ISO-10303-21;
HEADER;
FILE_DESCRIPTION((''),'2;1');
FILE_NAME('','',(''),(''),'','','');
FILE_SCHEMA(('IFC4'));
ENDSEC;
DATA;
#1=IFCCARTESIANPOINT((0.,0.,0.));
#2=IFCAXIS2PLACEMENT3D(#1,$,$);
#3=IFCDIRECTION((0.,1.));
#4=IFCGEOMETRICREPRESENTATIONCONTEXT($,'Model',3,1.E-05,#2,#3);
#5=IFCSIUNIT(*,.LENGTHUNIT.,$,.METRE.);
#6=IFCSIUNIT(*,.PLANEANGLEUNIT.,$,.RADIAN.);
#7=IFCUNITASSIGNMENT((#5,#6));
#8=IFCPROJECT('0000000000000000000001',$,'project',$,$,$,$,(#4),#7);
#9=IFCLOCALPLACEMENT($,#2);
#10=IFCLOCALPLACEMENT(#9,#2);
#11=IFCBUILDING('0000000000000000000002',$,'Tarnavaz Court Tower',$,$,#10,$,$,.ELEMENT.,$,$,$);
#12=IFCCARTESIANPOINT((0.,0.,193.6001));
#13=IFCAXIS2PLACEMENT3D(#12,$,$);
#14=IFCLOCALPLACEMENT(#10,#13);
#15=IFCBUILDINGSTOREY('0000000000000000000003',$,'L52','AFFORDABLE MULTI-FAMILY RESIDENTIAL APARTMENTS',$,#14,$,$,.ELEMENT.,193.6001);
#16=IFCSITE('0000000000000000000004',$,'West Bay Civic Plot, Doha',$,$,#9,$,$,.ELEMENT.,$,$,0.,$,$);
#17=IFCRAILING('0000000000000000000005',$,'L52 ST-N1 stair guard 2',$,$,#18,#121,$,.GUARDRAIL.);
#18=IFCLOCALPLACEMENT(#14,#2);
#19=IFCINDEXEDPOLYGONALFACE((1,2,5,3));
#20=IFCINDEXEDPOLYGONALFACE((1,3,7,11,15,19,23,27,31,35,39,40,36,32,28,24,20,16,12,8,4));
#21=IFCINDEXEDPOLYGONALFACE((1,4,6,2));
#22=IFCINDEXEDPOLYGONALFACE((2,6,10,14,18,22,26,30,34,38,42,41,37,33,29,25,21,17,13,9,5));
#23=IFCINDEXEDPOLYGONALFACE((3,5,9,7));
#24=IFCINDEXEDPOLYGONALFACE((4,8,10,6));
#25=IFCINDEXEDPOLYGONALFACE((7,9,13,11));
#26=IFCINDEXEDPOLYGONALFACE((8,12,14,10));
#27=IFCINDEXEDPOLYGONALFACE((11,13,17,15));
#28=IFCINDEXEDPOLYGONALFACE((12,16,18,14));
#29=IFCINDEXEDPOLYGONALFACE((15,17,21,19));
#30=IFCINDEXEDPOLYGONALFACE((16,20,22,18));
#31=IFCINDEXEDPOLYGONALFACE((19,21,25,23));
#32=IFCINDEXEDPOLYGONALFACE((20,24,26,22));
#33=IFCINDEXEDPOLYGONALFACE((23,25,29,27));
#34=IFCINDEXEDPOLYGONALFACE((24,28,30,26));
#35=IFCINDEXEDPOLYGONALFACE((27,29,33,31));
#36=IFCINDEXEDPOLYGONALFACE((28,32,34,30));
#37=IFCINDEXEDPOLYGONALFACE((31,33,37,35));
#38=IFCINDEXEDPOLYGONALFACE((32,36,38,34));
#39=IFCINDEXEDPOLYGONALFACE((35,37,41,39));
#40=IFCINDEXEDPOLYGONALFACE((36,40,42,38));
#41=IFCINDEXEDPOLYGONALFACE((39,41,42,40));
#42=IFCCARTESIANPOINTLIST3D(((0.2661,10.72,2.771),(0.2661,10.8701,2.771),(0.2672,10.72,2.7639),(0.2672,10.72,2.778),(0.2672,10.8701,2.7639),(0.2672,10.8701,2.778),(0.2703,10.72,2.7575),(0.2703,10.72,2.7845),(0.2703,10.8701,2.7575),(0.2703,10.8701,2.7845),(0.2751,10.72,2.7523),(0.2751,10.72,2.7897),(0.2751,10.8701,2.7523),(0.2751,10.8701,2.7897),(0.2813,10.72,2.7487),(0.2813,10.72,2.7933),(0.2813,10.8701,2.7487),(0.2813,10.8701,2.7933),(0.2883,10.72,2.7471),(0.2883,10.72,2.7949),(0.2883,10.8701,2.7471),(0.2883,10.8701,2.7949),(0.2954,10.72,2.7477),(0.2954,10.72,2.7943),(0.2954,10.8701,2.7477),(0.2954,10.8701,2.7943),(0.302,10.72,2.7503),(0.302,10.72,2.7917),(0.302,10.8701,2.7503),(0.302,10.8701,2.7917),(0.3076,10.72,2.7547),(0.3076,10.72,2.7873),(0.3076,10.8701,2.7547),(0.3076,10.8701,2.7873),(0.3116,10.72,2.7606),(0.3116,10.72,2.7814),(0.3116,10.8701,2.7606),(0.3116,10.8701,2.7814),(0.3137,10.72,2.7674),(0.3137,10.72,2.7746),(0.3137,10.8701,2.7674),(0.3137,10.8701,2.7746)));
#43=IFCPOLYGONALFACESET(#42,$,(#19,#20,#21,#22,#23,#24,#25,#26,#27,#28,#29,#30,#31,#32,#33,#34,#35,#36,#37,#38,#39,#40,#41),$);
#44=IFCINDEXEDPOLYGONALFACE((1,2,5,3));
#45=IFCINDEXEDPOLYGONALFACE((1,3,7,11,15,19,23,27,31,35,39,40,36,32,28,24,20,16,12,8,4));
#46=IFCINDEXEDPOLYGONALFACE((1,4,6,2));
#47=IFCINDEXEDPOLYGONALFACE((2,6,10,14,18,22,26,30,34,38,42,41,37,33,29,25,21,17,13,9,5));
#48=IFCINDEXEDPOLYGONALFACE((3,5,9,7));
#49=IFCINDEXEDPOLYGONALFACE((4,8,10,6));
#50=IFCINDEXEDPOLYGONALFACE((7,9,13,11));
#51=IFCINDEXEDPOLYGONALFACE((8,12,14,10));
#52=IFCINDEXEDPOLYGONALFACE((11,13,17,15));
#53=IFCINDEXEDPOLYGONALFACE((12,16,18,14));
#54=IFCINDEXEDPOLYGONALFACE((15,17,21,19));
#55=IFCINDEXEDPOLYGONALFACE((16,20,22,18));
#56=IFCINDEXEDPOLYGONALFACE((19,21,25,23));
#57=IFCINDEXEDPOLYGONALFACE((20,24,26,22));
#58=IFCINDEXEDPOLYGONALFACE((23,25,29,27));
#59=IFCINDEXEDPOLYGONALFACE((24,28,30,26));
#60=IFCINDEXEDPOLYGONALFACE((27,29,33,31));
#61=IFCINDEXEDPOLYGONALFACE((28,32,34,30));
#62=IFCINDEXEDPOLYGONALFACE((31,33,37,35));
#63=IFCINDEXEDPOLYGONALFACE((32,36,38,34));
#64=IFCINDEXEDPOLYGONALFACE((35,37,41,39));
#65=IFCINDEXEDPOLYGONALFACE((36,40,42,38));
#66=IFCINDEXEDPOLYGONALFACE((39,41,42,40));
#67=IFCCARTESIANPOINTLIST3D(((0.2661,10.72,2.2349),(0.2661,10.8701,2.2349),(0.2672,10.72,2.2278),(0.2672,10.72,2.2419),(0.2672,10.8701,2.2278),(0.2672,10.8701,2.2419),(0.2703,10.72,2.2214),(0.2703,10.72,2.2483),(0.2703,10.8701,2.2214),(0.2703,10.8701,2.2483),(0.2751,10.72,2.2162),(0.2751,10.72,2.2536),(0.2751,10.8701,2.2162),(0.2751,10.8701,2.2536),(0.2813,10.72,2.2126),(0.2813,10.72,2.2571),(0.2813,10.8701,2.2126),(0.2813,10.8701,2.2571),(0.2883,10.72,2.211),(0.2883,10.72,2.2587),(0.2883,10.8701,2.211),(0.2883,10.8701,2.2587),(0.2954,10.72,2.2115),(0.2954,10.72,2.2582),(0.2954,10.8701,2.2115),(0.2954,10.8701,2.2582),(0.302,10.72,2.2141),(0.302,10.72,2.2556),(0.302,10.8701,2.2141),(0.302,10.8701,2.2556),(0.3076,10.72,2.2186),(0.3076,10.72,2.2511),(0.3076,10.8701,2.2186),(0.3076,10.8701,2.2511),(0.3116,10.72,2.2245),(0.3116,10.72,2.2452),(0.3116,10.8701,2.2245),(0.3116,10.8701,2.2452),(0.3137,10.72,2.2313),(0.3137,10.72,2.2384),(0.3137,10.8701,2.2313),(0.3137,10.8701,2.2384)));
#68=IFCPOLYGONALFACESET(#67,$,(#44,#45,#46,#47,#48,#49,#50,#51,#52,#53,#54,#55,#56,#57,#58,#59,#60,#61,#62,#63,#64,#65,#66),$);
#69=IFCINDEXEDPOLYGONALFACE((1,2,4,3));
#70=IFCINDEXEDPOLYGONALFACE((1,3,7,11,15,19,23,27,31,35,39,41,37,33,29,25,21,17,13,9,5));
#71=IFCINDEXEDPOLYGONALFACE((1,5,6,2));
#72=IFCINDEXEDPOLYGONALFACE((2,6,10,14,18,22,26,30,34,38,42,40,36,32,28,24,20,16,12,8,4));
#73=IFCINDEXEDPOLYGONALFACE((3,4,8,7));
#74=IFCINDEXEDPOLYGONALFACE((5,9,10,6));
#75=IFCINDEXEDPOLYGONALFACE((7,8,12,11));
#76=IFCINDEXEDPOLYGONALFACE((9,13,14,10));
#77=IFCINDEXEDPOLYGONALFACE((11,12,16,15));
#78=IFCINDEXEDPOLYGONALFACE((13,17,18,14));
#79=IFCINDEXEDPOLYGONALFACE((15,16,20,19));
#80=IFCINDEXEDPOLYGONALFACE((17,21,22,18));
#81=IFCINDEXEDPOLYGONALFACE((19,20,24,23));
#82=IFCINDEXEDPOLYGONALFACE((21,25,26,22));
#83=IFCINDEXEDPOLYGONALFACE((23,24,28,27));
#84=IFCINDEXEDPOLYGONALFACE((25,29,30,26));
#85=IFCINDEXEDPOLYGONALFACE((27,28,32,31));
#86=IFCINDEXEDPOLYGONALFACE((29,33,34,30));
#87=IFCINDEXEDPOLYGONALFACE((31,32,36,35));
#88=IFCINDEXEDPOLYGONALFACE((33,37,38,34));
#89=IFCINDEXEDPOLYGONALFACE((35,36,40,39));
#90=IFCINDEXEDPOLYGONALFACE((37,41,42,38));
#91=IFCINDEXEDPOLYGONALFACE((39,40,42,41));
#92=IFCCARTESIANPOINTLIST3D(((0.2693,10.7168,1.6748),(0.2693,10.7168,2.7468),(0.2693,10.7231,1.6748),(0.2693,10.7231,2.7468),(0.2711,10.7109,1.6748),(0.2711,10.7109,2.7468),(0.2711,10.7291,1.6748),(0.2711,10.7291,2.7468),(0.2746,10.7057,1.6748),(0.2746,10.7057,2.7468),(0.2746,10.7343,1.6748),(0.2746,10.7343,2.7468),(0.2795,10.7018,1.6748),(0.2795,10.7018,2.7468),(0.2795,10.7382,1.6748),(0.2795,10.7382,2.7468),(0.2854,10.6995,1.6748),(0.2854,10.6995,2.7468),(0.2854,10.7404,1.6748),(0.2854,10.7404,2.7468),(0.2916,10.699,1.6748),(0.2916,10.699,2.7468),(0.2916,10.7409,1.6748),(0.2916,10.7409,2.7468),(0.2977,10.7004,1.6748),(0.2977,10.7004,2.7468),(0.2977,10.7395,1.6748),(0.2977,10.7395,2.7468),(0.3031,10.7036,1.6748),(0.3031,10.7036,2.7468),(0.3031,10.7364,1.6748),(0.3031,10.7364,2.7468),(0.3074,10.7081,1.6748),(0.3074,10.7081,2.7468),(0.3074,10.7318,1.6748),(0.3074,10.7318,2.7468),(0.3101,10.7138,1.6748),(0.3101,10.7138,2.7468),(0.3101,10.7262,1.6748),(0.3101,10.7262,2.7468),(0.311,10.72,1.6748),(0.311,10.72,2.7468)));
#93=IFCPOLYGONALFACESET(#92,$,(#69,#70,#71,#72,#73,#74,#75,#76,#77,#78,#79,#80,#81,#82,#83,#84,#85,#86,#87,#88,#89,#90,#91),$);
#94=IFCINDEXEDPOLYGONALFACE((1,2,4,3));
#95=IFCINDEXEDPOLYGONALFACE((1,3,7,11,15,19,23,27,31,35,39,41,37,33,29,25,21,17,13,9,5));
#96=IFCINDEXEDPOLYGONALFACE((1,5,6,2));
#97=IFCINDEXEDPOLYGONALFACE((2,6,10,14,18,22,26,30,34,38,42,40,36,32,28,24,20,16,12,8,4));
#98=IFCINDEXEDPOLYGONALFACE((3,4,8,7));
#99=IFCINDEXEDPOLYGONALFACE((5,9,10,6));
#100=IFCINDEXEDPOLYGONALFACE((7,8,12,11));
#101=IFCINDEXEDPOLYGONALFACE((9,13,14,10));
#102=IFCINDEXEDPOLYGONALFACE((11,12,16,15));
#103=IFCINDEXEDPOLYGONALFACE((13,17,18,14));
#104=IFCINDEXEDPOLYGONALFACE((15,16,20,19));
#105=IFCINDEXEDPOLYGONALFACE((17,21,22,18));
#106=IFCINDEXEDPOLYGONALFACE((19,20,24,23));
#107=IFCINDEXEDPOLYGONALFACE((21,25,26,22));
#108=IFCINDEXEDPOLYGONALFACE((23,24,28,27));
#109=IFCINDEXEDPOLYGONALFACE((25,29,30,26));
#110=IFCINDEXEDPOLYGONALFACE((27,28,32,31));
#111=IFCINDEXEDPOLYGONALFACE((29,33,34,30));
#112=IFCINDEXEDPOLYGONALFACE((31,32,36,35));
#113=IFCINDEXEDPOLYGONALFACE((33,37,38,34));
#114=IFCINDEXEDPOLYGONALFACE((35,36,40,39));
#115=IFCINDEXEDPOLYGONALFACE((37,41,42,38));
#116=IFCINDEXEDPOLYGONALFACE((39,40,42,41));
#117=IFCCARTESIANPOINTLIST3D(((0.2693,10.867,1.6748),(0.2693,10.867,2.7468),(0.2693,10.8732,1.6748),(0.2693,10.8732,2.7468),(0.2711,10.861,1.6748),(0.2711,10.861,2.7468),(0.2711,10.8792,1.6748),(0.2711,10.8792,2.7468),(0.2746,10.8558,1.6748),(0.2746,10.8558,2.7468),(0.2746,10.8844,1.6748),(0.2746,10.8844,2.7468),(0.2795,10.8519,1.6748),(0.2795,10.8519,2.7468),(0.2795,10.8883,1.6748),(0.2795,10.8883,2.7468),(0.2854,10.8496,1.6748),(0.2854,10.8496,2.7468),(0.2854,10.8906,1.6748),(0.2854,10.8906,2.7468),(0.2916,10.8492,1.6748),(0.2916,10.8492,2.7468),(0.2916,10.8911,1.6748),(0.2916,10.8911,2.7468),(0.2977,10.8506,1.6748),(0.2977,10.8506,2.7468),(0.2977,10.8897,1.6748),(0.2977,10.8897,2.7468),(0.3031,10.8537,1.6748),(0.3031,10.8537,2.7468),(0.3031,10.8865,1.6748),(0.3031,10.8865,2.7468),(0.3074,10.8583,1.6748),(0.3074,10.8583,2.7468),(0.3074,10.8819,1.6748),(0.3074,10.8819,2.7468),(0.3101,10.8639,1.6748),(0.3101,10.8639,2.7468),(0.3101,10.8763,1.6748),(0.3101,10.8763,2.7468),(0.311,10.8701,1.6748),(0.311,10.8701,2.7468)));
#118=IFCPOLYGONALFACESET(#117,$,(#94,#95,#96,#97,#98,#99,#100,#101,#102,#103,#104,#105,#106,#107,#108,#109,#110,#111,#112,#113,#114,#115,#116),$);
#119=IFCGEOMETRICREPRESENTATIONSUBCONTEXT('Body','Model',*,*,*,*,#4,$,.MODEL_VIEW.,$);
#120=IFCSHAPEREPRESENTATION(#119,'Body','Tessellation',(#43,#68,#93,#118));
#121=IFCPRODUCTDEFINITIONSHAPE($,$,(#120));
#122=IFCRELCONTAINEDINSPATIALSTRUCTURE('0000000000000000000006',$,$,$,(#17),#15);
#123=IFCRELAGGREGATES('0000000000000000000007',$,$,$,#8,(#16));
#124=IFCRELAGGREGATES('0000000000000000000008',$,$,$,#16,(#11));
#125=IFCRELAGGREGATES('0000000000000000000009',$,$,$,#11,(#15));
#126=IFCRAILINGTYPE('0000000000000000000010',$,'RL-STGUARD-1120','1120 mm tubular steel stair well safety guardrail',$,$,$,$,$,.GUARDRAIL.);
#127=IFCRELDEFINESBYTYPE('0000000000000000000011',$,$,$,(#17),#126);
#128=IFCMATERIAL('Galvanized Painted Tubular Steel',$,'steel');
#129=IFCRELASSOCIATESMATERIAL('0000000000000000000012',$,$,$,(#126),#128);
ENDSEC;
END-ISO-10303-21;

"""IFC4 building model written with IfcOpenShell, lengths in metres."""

from ifc_helpers import new_model, si_unit, direction, frame, origin, origin_2d, place, context, subcontext, project, spatial, circle, extrude, material, type_object, element, save


model = new_model("IFC4")

# Units and contexts
model_context = context("Model", 3, precision=1e-05, world=origin(), true_north=direction((0.0, 1.0)))
body_context = subcontext(model_context, "Body", "Model", "MODEL_VIEW")
ifc_project = project(units=[si_unit("LENGTHUNIT", "METRE"), si_unit("PLANEANGLEUNIT", "RADIAN")], contexts=[model_context])

# Site, building, storey
site_placement = place(None, origin())
site = spatial("IfcSite", under=ifc_project, at=site_placement, Name="West Bay Civic Plot, Doha", CompositionType="ELEMENT", RefElevation=0.0)
building_placement = place(site_placement, origin())
building = spatial("IfcBuilding", under=site, at=building_placement, Name="Tarnavaz Court Tower", CompositionType="ELEMENT")
storey_placement = place(building_placement, frame((0.0, 0.0, 193.6001)))
storey = spatial("IfcBuildingStorey", under=building, at=storey_placement, Name="L52", Description="AFFORDABLE MULTI-FAMILY RESIDENTIAL APARTMENTS", CompositionType="ELEMENT", Elevation=193.6001)

# Railing
ifc_material_1 = material(Name="Galvanized Painted Tubular Steel", Category="steel")
railing_type_1 = type_object("IfcRailingType", Name="RL-STGUARD-1120", Description="1120 mm tubular steel stair well safety guardrail", PredefinedType="GUARDRAIL", material=ifc_material_1)
railing_1_placement = place(storey_placement, frame((0.29, 10.72, 1.6748)))
element("IfcRailing", 1, at=railing_1_placement, inside=storey, type_object=railing_type_1, Name="L52 ST-N1 stair guard 2", PredefinedType="GUARDRAIL", context=body_context, shape_type="SweptSolid", body=[
    extrude(circle(Radius=0.0239, at=origin_2d()), frame((0.0, 0.0, 1.0962), z_axis=(0.0, 1.0, 0.0), x_axis=(-1.0, 0.0, 0.0)), (0.0, 0.0, 1.0), 0.1501),
    extrude(circle(Radius=0.0239, at=origin_2d()), frame((0.0, 0.0, 0.5601), z_axis=(0.0, 1.0, 0.0), x_axis=(-1.0, 0.0, 0.0)), (0.0, 0.0, 1.0), 0.1501),
    extrude(circle(Radius=0.021, at=origin_2d()), origin(), (0.0, 0.0, 1.0), 1.072),
    extrude(circle(Radius=0.021, at=origin_2d()), frame((0.0, 0.1501, 0.0)), (0.0, 0.0, 1.0), 1.072),
])

save(model, "model.ifc")
